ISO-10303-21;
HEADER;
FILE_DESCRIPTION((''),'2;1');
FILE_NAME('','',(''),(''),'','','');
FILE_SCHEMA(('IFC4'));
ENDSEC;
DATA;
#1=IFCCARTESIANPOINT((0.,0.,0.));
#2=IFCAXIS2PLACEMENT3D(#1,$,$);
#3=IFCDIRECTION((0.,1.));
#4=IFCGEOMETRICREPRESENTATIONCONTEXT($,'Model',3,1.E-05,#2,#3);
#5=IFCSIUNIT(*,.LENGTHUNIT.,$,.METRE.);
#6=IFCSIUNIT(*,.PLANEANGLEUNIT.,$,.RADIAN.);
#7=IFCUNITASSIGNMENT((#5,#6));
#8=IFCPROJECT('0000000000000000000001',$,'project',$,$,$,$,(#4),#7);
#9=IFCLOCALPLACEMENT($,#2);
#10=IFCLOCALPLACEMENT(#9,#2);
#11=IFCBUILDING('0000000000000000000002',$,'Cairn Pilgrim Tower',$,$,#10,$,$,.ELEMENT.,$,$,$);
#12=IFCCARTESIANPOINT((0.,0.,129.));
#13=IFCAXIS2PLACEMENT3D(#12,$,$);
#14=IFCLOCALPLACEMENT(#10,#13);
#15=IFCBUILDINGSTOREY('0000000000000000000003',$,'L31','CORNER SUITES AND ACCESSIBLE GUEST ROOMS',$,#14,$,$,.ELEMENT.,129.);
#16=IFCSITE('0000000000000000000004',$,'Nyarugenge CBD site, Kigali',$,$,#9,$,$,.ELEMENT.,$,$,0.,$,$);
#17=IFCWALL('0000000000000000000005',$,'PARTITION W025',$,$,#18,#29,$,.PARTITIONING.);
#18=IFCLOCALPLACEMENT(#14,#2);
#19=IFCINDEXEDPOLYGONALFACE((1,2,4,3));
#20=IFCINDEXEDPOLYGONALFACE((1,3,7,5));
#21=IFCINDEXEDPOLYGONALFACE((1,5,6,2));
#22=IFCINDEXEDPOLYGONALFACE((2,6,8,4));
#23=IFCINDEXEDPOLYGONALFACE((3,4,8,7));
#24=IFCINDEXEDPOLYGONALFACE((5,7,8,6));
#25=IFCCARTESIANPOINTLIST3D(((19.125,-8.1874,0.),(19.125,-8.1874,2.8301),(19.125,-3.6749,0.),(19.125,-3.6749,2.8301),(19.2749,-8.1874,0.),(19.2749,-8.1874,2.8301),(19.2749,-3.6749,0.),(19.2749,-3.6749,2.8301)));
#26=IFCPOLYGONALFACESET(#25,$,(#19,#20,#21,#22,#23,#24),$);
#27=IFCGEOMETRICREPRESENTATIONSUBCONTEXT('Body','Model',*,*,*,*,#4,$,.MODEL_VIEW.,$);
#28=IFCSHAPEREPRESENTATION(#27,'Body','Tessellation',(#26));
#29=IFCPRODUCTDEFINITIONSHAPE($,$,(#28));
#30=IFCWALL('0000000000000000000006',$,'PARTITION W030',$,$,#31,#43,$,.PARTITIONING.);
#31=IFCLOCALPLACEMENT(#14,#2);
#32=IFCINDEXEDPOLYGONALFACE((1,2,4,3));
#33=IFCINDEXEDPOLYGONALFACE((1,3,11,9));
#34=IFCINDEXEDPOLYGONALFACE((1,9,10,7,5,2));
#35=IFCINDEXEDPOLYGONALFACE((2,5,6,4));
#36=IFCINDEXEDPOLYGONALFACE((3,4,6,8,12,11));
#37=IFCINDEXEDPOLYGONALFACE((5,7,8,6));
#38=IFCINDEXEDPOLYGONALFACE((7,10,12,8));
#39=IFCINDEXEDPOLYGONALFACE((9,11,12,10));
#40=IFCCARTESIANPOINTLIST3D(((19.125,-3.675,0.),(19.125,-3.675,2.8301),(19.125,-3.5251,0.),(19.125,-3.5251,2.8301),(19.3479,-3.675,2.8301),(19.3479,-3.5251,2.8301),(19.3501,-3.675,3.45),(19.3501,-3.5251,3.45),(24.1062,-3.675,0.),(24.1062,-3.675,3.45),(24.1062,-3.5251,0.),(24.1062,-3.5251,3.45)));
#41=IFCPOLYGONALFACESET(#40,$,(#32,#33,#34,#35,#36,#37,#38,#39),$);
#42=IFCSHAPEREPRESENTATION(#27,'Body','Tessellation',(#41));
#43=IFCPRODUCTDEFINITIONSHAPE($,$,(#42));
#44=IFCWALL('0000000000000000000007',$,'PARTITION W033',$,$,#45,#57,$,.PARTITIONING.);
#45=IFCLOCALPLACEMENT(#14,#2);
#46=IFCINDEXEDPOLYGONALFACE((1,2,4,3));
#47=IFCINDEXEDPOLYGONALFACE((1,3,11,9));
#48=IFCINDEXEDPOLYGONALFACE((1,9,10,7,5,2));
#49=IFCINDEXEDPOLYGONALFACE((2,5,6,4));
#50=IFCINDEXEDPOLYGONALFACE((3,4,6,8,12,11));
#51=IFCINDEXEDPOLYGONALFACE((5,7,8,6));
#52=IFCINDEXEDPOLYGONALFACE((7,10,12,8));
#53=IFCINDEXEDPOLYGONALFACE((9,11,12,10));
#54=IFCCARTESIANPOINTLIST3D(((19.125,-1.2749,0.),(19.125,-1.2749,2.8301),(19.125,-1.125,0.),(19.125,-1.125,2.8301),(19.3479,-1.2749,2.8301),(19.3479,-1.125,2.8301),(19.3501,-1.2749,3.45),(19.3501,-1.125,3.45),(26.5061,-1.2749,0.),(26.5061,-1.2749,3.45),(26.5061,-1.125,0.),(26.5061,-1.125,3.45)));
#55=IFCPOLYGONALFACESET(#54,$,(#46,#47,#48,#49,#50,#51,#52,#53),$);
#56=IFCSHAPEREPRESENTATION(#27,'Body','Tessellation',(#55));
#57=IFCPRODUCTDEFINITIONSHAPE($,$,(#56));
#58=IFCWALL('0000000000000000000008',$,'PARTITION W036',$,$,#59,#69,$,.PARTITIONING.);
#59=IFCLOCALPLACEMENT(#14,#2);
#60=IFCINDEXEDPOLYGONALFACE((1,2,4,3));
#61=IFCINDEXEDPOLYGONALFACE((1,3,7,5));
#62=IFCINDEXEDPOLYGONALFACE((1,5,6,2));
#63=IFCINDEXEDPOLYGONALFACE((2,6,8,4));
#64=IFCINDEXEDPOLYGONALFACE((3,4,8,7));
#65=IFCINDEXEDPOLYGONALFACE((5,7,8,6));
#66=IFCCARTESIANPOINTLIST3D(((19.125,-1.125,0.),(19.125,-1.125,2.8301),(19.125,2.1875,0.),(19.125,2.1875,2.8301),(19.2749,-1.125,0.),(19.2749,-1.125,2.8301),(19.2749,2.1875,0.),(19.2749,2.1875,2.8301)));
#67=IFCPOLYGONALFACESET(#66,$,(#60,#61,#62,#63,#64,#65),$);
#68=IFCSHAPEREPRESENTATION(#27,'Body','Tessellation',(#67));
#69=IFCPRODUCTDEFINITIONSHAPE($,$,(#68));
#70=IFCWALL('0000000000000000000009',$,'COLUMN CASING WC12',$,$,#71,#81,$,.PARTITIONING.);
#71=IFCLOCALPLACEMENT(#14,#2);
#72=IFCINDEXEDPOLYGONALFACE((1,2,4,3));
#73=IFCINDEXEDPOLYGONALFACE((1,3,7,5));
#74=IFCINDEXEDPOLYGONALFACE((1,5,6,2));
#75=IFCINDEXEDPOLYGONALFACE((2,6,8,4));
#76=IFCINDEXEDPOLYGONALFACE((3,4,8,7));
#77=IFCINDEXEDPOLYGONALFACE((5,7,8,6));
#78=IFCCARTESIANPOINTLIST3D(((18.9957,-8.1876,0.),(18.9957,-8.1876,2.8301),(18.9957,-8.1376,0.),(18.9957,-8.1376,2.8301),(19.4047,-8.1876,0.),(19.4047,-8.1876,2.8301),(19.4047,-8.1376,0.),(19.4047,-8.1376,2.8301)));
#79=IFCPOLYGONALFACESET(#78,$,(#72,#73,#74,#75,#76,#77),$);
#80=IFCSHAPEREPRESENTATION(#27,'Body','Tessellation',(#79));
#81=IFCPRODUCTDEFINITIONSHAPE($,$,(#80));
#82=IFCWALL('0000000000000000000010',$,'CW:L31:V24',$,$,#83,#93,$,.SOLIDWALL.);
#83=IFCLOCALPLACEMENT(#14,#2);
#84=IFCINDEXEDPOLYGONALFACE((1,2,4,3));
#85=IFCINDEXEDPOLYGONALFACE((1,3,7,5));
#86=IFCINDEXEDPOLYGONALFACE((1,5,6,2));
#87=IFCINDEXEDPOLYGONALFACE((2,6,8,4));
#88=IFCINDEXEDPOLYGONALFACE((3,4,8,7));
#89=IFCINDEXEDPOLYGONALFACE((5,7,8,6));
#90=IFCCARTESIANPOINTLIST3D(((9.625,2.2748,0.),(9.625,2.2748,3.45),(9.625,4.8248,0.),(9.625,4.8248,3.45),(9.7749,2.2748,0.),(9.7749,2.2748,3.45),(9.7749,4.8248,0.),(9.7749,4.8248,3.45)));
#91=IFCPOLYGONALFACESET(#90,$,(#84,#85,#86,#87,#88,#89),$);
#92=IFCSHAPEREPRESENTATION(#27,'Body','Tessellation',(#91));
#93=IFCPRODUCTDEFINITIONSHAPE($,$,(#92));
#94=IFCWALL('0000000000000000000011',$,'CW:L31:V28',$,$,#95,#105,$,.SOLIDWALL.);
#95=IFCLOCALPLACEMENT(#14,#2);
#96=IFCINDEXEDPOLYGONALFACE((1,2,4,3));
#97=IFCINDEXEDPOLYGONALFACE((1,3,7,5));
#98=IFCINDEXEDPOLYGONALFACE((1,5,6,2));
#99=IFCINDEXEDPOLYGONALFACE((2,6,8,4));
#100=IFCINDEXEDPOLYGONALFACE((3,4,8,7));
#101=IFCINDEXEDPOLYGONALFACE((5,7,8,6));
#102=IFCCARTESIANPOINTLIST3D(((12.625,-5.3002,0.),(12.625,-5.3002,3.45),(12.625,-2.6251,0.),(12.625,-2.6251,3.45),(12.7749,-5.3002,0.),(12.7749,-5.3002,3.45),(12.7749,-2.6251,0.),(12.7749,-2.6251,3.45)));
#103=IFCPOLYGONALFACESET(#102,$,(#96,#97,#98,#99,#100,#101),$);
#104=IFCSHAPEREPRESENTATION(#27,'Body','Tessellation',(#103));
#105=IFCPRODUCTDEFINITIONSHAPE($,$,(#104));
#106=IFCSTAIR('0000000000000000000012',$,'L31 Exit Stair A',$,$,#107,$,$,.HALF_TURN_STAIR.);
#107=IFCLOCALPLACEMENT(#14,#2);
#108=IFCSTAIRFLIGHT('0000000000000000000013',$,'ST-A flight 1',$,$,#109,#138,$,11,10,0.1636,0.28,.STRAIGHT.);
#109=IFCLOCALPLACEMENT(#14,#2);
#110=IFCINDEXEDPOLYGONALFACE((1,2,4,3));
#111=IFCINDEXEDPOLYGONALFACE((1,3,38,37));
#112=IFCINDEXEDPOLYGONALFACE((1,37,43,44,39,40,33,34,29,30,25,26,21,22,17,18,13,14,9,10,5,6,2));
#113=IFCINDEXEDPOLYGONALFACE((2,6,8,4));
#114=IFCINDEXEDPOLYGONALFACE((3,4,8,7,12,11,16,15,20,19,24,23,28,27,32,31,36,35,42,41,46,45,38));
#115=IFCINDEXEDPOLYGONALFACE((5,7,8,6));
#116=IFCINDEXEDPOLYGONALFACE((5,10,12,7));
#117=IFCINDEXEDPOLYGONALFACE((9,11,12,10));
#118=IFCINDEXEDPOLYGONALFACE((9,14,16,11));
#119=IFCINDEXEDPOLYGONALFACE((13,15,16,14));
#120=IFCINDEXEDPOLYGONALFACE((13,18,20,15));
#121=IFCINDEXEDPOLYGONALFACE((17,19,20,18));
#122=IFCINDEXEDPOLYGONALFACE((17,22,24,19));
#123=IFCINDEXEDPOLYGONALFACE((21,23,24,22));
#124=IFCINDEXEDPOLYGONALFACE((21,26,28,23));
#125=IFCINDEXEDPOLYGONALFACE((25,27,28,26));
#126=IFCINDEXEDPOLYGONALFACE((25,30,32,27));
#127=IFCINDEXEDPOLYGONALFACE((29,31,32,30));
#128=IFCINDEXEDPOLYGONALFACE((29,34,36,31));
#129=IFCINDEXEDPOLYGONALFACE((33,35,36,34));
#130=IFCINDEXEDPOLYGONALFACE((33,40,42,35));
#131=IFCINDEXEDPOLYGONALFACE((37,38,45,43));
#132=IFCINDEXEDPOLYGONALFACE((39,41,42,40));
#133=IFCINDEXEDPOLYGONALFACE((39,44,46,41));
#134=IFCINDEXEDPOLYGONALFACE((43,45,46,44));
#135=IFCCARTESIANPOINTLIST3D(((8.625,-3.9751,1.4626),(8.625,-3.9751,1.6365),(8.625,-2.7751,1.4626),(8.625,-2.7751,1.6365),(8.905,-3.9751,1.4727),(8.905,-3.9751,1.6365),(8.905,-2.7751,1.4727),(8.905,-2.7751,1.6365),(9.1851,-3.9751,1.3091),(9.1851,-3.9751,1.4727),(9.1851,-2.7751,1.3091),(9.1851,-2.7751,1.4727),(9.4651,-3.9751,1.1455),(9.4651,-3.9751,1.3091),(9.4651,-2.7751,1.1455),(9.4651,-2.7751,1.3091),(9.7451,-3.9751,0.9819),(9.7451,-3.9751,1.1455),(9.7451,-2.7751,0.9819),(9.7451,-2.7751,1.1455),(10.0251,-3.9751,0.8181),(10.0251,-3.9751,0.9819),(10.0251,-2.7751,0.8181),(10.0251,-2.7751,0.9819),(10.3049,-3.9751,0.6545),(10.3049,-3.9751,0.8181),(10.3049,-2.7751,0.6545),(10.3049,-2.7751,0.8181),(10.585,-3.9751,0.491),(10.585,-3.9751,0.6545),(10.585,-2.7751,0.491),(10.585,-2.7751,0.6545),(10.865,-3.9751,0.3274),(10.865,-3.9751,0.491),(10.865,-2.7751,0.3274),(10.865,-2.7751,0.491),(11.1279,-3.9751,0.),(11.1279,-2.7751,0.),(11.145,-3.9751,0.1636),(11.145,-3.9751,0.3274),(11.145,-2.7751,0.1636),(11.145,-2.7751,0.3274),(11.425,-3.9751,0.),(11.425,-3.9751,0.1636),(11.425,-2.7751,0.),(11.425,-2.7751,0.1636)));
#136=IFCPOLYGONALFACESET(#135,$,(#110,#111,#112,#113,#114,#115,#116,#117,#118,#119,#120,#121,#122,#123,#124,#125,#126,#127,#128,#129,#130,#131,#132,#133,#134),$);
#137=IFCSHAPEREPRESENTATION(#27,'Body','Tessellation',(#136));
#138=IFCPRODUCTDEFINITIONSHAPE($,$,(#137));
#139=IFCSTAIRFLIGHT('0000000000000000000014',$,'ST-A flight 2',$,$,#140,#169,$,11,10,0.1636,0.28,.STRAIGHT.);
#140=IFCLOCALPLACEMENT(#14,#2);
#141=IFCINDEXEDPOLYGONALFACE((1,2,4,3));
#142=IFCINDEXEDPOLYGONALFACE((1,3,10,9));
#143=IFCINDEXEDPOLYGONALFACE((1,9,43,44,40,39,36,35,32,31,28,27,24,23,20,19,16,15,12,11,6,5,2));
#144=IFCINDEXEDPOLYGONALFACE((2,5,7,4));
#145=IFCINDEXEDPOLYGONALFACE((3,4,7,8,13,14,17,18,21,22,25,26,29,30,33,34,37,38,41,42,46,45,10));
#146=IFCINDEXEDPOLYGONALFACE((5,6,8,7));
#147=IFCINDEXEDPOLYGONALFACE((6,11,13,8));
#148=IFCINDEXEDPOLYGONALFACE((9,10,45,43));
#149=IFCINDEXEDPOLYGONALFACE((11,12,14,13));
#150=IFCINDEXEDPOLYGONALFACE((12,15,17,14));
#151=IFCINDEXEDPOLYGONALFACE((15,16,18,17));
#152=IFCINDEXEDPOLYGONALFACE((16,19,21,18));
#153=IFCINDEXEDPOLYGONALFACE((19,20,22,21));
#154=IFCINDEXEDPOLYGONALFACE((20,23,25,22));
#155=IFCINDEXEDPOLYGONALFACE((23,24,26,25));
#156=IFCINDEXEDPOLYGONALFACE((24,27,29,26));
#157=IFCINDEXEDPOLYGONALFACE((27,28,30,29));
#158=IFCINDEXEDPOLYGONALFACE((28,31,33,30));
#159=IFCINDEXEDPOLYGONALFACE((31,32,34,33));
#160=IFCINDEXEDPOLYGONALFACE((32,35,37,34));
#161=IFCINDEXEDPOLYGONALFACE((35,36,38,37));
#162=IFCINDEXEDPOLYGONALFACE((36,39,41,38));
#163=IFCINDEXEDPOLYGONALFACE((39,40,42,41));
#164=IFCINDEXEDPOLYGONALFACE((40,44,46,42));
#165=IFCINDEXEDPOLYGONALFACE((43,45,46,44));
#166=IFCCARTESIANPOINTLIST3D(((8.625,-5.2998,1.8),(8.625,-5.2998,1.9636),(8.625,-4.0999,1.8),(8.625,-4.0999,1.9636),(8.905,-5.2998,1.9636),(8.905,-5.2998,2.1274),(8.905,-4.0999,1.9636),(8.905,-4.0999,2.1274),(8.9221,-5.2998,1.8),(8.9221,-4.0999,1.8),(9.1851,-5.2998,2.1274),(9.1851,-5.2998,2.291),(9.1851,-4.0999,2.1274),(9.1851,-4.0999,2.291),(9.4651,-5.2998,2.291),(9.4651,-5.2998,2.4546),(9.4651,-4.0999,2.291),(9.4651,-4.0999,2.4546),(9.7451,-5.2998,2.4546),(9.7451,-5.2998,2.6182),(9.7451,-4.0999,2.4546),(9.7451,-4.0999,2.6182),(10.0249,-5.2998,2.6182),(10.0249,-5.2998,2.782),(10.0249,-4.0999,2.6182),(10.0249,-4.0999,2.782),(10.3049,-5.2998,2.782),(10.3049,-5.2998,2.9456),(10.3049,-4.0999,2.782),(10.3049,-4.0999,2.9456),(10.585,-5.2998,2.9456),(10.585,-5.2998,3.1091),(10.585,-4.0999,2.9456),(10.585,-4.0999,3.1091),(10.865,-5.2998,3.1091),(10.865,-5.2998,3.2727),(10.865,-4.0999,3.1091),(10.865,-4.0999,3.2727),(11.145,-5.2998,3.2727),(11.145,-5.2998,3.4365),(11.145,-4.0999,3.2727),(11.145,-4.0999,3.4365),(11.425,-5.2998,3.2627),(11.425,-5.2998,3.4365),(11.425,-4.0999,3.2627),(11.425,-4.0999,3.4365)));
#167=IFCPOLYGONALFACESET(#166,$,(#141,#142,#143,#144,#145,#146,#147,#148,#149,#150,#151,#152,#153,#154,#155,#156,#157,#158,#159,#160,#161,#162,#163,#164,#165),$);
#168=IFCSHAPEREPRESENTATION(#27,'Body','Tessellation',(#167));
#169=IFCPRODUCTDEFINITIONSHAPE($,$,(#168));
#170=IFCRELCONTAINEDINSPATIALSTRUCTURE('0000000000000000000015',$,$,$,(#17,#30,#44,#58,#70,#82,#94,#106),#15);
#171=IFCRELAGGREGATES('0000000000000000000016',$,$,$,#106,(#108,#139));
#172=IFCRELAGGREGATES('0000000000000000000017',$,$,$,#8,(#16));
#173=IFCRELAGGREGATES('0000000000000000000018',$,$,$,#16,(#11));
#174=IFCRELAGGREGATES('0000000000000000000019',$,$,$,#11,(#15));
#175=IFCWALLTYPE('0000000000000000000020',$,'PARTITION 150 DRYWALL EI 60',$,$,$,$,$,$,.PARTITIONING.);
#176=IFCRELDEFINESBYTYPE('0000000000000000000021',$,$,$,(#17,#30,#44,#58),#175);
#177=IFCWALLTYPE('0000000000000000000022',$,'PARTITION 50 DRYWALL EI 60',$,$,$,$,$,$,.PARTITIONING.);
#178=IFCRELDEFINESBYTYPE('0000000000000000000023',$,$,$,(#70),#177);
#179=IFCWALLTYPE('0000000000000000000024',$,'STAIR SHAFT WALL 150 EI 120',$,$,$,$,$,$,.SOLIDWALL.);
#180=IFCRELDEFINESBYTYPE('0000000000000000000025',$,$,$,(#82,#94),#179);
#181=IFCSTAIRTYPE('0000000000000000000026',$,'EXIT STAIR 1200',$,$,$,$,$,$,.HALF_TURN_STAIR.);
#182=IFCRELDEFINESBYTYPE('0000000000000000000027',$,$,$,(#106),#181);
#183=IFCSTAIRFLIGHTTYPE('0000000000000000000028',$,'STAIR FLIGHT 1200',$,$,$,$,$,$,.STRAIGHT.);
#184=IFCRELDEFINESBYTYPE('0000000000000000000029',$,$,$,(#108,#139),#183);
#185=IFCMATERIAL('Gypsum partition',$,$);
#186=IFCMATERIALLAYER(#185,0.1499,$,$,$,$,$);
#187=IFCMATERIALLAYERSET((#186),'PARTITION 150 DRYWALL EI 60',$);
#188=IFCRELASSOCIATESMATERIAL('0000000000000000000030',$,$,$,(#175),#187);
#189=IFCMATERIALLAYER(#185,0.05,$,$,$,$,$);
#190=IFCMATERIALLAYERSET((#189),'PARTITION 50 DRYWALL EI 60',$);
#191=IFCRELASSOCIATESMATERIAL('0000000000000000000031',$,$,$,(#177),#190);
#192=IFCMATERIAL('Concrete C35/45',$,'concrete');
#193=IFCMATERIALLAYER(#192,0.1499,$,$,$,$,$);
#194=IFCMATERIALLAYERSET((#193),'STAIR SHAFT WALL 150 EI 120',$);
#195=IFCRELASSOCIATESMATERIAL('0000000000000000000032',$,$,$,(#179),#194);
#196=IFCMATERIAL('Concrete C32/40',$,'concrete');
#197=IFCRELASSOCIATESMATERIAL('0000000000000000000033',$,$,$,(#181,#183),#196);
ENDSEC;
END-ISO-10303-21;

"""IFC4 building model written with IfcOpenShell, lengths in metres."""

from ifc_helpers import new_model, si_unit, direction, frame, frame_2d, origin, place, context, subcontext, project, spatial, polyline, rectangle, outline, extrude, material, layer, layer_set, type_object, element, aggregate, save


model = new_model("IFC4")

# Units and contexts
model_context = context("Model", 3, precision=1e-05, world=origin(), true_north=direction((0.0, 1.0)))
body_context = subcontext(model_context, "Body", "Model", "MODEL_VIEW")
ifc_project = project(units=[si_unit("LENGTHUNIT", "METRE"), si_unit("PLANEANGLEUNIT", "RADIAN")], contexts=[model_context])

# Site, building, storey
site_placement = place(None, origin())
site = spatial("IfcSite", under=ifc_project, at=site_placement, Name="Nyarugenge CBD site, Kigali", CompositionType="ELEMENT", RefElevation=0.0)
building_placement = place(site_placement, origin())
building = spatial("IfcBuilding", under=site, at=building_placement, Name="Cairn Pilgrim Tower", CompositionType="ELEMENT")
storey_placement = place(building_placement, frame((0.0, 0.0, 129.0)))
storey = spatial("IfcBuildingStorey", under=building, at=storey_placement, Name="L31", Description="CORNER SUITES AND ACCESSIBLE GUEST ROOMS", CompositionType="ELEMENT", Elevation=129.0)

# Shared definitions
ifc_material_1 = material(Name="Concrete C32/40", Category="concrete")

# Walls
ifc_material_2 = material(Name="Gypsum partition")
ifc_layer_1 = layer(ifc_material_2, 0.1499)
ifc_layer_set_1 = layer_set([ifc_layer_1], Name="PARTITION 150 DRYWALL EI 60")
wall_type_1 = type_object("IfcWallType", Name="PARTITION 150 DRYWALL EI 60", PredefinedType="PARTITIONING", material=ifc_layer_set_1)
wall_1_placement = place(storey_placement, frame((19.2, -8.1875, 0.0), z_axis=(0.0, 0.0, 1.0), x_axis=(0.0, 1.0, 0.0)))
element("IfcWall", 1, at=wall_1_placement, inside=storey, type_object=wall_type_1, Name="PARTITION W025", PredefinedType="PARTITIONING", context=body_context, shape_type="SweptSolid", body=[
    extrude(rectangle(XDim=4.5125, YDim=0.1499, at=frame_2d((2.2563, 0.0))), origin(), (0.0, 0.0, 1.0), 2.8301),
])
wall_2_placement = place(storey_placement, frame((19.125, -3.6001, 0.0), z_axis=(0.0, 0.0, 1.0), x_axis=(1.0, 0.0, 0.0)))
element("IfcWall", 2, at=wall_2_placement, inside=storey, type_object=wall_type_1, Name="PARTITION W030", PredefinedType="PARTITIONING", context=body_context, shape_type="SweptSolid", body=[
    extrude(outline(polyline([(0.0, 0.0), (4.9812, 0.0), (4.9812, 3.45), (0.2251, 3.45), (0.2229, 2.8301), (0.0, 2.8301), (0.0, 0.0)])), frame((0.0, 0.075, 0.0), z_axis=(0.0, -1.0, 0.0), x_axis=(1.0, 0.0, 0.0)), (0.0, 0.0, 1.0), 0.1499),
])
wall_3_placement = place(storey_placement, frame((19.125, -1.2, 0.0), z_axis=(0.0, 0.0, 1.0), x_axis=(1.0, 0.0, 0.0)))
element("IfcWall", 3, at=wall_3_placement, inside=storey, type_object=wall_type_1, Name="PARTITION W033", PredefinedType="PARTITIONING", context=body_context, shape_type="SweptSolid", body=[
    extrude(outline(polyline([(0.0, 0.0), (7.3811, 0.0), (7.3811, 3.45), (0.2251, 3.45), (0.2229, 2.8301), (0.0, 2.8301), (0.0, 0.0)])), frame((0.0, 0.075, 0.0), z_axis=(0.0, -1.0, 0.0), x_axis=(1.0, 0.0, 0.0)), (0.0, 0.0, 1.0), 0.1499),
])
wall_4_placement = place(storey_placement, frame((19.2, -1.125, 0.0), z_axis=(0.0, 0.0, 1.0), x_axis=(0.0, 1.0, 0.0)))
element("IfcWall", 4, at=wall_4_placement, inside=storey, type_object=wall_type_1, Name="PARTITION W036", PredefinedType="PARTITIONING", context=body_context, shape_type="SweptSolid", body=[
    extrude(rectangle(XDim=3.3125, YDim=0.1499, at=frame_2d((1.6562, 0.0))), origin(), (0.0, 0.0, 1.0), 2.8301),
])
ifc_layer_2 = layer(ifc_material_2, 0.05)
ifc_layer_set_2 = layer_set([ifc_layer_2], Name="PARTITION 50 DRYWALL EI 60")
wall_type_2 = type_object("IfcWallType", Name="PARTITION 50 DRYWALL EI 60", PredefinedType="PARTITIONING", material=ifc_layer_set_2)
wall_5_placement = place(storey_placement, frame((18.9956, -8.1626, 0.0), z_axis=(0.0, 0.0, 1.0), x_axis=(1.0, 0.0, 0.0)))
element("IfcWall", 5, at=wall_5_placement, inside=storey, type_object=wall_type_2, Name="COLUMN CASING WC12", PredefinedType="PARTITIONING", context=body_context, shape_type="SweptSolid", body=[
    extrude(rectangle(XDim=0.4089, YDim=0.05, at=frame_2d((0.2046, 0.0))), origin(), (0.0, 0.0, 1.0), 2.8301),
])
ifc_material_3 = material(Name="Concrete C35/45", Category="concrete")
ifc_layer_3 = layer(ifc_material_3, 0.1499)
ifc_layer_set_3 = layer_set([ifc_layer_3], Name="STAIR SHAFT WALL 150 EI 120")
wall_type_3 = type_object("IfcWallType", Name="STAIR SHAFT WALL 150 EI 120", PredefinedType="SOLIDWALL", material=ifc_layer_set_3)
wall_6_placement = place(storey_placement, frame((9.7, 2.2749, 0.0), z_axis=(0.0, 0.0, 1.0), x_axis=(0.0, 1.0, 0.0)))
element("IfcWall", 6, at=wall_6_placement, inside=storey, type_object=wall_type_3, Name="CW:L31:V24", PredefinedType="SOLIDWALL", context=body_context, shape_type="SweptSolid", body=[
    extrude(rectangle(XDim=2.55, YDim=0.1499, at=frame_2d((1.2749, 0.0))), origin(), (0.0, 0.0, 1.0), 3.45),
])
wall_7_placement = place(storey_placement, frame((12.7, -5.3, 0.0), z_axis=(0.0, 0.0, 1.0), x_axis=(0.0, 1.0, 0.0)))
element("IfcWall", 7, at=wall_7_placement, inside=storey, type_object=wall_type_3, Name="CW:L31:V28", PredefinedType="SOLIDWALL", context=body_context, shape_type="SweptSolid", body=[
    extrude(rectangle(XDim=2.675, YDim=0.1499, at=frame_2d((1.3374, 0.0))), origin(), (0.0, 0.0, 1.0), 3.45),
])

# Stair, stair flights
stair_type = type_object("IfcStairType", Name="EXIT STAIR 1200", PredefinedType="HALF_TURN_STAIR", material=ifc_material_1)
stair_placement = place(storey_placement, origin())
stair = element("IfcStair", 8, at=stair_placement, inside=storey, type_object=stair_type, Name="L31 Exit Stair A", PredefinedType="HALF_TURN_STAIR")
stair_flight_type = type_object("IfcStairFlightType", Name="STAIR FLIGHT 1200", PredefinedType="STRAIGHT", material=ifc_material_1)
stair_flight_1_placement = place(storey_placement, frame((11.425, -3.375, 0.0), z_axis=(0.0, 0.0, 1.0), x_axis=(-1.0, 0.0, 0.0)))
stair_flight_1 = element("IfcStairFlight", 9, at=stair_flight_1_placement, type_object=stair_flight_type, Name="ST-A flight 1", NumberOfRisers=11, NumberOfTreads=10, PredefinedType="STRAIGHT", RiserHeight=0.1636, TreadLength=0.28, context=body_context, shape_type="SweptSolid", body=[
    extrude(outline(polyline([(0.0, 0.0), (0.0, 0.1636), (0.28, 0.1636), (0.28, 0.3274), (0.5601, 0.3274), (0.5601, 0.491), (0.8401, 0.491), (0.8401, 0.6545), (1.1201, 0.6545), (1.1201, 0.8181), (1.3999, 0.8181), (1.3999, 0.9819), (1.6799, 0.9819), (1.6799, 1.1455), (1.96, 1.1455), (1.96, 1.3091), (2.24, 1.3091), (2.24, 1.4727), (2.52, 1.4727), (2.52, 1.6365), (2.8, 1.6365), (2.8, 1.8), (2.8, 1.4626), (0.2971, 0.0), (0.0, 0.0)])), frame((0.0, 0.6001, 0.0), z_axis=(0.0, -1.0, 0.0), x_axis=(1.0, 0.0, 0.0)), (0.0, 0.0, 1.0), 1.2),
])
stair_flight_2_placement = place(storey_placement, frame((8.625, -4.7, 1.8), z_axis=(0.0, 0.0, 1.0), x_axis=(1.0, 0.0, 0.0)))
stair_flight_2 = element("IfcStairFlight", 10, at=stair_flight_2_placement, type_object=stair_flight_type, Name="ST-A flight 2", NumberOfRisers=11, NumberOfTreads=10, PredefinedType="STRAIGHT", RiserHeight=0.1636, TreadLength=0.28, context=body_context, shape_type="SweptSolid", body=[
    extrude(outline(polyline([(0.0, 0.0), (0.0, 0.1636), (0.28, 0.1636), (0.28, 0.3274), (0.5601, 0.3274), (0.5601, 0.491), (0.8401, 0.491), (0.8401, 0.6545), (1.1201, 0.6545), (1.1201, 0.8181), (1.3999, 0.8181), (1.3999, 0.9819), (1.6799, 0.9819), (1.6799, 1.1455), (1.96, 1.1455), (1.96, 1.3091), (2.24, 1.3091), (2.24, 1.4727), (2.52, 1.4727), (2.52, 1.6365), (2.8, 1.6365), (2.8, 1.8), (2.8, 1.4626), (0.2971, 0.0), (0.0, 0.0)])), frame((0.0, 0.6001, 0.0), z_axis=(0.0, -1.0, 0.0), x_axis=(1.0, 0.0, 0.0)), (0.0, 0.0, 1.0), 1.2),
])
aggregate(stair, [stair_flight_1, stair_flight_2])

save(model, "model.ifc")
